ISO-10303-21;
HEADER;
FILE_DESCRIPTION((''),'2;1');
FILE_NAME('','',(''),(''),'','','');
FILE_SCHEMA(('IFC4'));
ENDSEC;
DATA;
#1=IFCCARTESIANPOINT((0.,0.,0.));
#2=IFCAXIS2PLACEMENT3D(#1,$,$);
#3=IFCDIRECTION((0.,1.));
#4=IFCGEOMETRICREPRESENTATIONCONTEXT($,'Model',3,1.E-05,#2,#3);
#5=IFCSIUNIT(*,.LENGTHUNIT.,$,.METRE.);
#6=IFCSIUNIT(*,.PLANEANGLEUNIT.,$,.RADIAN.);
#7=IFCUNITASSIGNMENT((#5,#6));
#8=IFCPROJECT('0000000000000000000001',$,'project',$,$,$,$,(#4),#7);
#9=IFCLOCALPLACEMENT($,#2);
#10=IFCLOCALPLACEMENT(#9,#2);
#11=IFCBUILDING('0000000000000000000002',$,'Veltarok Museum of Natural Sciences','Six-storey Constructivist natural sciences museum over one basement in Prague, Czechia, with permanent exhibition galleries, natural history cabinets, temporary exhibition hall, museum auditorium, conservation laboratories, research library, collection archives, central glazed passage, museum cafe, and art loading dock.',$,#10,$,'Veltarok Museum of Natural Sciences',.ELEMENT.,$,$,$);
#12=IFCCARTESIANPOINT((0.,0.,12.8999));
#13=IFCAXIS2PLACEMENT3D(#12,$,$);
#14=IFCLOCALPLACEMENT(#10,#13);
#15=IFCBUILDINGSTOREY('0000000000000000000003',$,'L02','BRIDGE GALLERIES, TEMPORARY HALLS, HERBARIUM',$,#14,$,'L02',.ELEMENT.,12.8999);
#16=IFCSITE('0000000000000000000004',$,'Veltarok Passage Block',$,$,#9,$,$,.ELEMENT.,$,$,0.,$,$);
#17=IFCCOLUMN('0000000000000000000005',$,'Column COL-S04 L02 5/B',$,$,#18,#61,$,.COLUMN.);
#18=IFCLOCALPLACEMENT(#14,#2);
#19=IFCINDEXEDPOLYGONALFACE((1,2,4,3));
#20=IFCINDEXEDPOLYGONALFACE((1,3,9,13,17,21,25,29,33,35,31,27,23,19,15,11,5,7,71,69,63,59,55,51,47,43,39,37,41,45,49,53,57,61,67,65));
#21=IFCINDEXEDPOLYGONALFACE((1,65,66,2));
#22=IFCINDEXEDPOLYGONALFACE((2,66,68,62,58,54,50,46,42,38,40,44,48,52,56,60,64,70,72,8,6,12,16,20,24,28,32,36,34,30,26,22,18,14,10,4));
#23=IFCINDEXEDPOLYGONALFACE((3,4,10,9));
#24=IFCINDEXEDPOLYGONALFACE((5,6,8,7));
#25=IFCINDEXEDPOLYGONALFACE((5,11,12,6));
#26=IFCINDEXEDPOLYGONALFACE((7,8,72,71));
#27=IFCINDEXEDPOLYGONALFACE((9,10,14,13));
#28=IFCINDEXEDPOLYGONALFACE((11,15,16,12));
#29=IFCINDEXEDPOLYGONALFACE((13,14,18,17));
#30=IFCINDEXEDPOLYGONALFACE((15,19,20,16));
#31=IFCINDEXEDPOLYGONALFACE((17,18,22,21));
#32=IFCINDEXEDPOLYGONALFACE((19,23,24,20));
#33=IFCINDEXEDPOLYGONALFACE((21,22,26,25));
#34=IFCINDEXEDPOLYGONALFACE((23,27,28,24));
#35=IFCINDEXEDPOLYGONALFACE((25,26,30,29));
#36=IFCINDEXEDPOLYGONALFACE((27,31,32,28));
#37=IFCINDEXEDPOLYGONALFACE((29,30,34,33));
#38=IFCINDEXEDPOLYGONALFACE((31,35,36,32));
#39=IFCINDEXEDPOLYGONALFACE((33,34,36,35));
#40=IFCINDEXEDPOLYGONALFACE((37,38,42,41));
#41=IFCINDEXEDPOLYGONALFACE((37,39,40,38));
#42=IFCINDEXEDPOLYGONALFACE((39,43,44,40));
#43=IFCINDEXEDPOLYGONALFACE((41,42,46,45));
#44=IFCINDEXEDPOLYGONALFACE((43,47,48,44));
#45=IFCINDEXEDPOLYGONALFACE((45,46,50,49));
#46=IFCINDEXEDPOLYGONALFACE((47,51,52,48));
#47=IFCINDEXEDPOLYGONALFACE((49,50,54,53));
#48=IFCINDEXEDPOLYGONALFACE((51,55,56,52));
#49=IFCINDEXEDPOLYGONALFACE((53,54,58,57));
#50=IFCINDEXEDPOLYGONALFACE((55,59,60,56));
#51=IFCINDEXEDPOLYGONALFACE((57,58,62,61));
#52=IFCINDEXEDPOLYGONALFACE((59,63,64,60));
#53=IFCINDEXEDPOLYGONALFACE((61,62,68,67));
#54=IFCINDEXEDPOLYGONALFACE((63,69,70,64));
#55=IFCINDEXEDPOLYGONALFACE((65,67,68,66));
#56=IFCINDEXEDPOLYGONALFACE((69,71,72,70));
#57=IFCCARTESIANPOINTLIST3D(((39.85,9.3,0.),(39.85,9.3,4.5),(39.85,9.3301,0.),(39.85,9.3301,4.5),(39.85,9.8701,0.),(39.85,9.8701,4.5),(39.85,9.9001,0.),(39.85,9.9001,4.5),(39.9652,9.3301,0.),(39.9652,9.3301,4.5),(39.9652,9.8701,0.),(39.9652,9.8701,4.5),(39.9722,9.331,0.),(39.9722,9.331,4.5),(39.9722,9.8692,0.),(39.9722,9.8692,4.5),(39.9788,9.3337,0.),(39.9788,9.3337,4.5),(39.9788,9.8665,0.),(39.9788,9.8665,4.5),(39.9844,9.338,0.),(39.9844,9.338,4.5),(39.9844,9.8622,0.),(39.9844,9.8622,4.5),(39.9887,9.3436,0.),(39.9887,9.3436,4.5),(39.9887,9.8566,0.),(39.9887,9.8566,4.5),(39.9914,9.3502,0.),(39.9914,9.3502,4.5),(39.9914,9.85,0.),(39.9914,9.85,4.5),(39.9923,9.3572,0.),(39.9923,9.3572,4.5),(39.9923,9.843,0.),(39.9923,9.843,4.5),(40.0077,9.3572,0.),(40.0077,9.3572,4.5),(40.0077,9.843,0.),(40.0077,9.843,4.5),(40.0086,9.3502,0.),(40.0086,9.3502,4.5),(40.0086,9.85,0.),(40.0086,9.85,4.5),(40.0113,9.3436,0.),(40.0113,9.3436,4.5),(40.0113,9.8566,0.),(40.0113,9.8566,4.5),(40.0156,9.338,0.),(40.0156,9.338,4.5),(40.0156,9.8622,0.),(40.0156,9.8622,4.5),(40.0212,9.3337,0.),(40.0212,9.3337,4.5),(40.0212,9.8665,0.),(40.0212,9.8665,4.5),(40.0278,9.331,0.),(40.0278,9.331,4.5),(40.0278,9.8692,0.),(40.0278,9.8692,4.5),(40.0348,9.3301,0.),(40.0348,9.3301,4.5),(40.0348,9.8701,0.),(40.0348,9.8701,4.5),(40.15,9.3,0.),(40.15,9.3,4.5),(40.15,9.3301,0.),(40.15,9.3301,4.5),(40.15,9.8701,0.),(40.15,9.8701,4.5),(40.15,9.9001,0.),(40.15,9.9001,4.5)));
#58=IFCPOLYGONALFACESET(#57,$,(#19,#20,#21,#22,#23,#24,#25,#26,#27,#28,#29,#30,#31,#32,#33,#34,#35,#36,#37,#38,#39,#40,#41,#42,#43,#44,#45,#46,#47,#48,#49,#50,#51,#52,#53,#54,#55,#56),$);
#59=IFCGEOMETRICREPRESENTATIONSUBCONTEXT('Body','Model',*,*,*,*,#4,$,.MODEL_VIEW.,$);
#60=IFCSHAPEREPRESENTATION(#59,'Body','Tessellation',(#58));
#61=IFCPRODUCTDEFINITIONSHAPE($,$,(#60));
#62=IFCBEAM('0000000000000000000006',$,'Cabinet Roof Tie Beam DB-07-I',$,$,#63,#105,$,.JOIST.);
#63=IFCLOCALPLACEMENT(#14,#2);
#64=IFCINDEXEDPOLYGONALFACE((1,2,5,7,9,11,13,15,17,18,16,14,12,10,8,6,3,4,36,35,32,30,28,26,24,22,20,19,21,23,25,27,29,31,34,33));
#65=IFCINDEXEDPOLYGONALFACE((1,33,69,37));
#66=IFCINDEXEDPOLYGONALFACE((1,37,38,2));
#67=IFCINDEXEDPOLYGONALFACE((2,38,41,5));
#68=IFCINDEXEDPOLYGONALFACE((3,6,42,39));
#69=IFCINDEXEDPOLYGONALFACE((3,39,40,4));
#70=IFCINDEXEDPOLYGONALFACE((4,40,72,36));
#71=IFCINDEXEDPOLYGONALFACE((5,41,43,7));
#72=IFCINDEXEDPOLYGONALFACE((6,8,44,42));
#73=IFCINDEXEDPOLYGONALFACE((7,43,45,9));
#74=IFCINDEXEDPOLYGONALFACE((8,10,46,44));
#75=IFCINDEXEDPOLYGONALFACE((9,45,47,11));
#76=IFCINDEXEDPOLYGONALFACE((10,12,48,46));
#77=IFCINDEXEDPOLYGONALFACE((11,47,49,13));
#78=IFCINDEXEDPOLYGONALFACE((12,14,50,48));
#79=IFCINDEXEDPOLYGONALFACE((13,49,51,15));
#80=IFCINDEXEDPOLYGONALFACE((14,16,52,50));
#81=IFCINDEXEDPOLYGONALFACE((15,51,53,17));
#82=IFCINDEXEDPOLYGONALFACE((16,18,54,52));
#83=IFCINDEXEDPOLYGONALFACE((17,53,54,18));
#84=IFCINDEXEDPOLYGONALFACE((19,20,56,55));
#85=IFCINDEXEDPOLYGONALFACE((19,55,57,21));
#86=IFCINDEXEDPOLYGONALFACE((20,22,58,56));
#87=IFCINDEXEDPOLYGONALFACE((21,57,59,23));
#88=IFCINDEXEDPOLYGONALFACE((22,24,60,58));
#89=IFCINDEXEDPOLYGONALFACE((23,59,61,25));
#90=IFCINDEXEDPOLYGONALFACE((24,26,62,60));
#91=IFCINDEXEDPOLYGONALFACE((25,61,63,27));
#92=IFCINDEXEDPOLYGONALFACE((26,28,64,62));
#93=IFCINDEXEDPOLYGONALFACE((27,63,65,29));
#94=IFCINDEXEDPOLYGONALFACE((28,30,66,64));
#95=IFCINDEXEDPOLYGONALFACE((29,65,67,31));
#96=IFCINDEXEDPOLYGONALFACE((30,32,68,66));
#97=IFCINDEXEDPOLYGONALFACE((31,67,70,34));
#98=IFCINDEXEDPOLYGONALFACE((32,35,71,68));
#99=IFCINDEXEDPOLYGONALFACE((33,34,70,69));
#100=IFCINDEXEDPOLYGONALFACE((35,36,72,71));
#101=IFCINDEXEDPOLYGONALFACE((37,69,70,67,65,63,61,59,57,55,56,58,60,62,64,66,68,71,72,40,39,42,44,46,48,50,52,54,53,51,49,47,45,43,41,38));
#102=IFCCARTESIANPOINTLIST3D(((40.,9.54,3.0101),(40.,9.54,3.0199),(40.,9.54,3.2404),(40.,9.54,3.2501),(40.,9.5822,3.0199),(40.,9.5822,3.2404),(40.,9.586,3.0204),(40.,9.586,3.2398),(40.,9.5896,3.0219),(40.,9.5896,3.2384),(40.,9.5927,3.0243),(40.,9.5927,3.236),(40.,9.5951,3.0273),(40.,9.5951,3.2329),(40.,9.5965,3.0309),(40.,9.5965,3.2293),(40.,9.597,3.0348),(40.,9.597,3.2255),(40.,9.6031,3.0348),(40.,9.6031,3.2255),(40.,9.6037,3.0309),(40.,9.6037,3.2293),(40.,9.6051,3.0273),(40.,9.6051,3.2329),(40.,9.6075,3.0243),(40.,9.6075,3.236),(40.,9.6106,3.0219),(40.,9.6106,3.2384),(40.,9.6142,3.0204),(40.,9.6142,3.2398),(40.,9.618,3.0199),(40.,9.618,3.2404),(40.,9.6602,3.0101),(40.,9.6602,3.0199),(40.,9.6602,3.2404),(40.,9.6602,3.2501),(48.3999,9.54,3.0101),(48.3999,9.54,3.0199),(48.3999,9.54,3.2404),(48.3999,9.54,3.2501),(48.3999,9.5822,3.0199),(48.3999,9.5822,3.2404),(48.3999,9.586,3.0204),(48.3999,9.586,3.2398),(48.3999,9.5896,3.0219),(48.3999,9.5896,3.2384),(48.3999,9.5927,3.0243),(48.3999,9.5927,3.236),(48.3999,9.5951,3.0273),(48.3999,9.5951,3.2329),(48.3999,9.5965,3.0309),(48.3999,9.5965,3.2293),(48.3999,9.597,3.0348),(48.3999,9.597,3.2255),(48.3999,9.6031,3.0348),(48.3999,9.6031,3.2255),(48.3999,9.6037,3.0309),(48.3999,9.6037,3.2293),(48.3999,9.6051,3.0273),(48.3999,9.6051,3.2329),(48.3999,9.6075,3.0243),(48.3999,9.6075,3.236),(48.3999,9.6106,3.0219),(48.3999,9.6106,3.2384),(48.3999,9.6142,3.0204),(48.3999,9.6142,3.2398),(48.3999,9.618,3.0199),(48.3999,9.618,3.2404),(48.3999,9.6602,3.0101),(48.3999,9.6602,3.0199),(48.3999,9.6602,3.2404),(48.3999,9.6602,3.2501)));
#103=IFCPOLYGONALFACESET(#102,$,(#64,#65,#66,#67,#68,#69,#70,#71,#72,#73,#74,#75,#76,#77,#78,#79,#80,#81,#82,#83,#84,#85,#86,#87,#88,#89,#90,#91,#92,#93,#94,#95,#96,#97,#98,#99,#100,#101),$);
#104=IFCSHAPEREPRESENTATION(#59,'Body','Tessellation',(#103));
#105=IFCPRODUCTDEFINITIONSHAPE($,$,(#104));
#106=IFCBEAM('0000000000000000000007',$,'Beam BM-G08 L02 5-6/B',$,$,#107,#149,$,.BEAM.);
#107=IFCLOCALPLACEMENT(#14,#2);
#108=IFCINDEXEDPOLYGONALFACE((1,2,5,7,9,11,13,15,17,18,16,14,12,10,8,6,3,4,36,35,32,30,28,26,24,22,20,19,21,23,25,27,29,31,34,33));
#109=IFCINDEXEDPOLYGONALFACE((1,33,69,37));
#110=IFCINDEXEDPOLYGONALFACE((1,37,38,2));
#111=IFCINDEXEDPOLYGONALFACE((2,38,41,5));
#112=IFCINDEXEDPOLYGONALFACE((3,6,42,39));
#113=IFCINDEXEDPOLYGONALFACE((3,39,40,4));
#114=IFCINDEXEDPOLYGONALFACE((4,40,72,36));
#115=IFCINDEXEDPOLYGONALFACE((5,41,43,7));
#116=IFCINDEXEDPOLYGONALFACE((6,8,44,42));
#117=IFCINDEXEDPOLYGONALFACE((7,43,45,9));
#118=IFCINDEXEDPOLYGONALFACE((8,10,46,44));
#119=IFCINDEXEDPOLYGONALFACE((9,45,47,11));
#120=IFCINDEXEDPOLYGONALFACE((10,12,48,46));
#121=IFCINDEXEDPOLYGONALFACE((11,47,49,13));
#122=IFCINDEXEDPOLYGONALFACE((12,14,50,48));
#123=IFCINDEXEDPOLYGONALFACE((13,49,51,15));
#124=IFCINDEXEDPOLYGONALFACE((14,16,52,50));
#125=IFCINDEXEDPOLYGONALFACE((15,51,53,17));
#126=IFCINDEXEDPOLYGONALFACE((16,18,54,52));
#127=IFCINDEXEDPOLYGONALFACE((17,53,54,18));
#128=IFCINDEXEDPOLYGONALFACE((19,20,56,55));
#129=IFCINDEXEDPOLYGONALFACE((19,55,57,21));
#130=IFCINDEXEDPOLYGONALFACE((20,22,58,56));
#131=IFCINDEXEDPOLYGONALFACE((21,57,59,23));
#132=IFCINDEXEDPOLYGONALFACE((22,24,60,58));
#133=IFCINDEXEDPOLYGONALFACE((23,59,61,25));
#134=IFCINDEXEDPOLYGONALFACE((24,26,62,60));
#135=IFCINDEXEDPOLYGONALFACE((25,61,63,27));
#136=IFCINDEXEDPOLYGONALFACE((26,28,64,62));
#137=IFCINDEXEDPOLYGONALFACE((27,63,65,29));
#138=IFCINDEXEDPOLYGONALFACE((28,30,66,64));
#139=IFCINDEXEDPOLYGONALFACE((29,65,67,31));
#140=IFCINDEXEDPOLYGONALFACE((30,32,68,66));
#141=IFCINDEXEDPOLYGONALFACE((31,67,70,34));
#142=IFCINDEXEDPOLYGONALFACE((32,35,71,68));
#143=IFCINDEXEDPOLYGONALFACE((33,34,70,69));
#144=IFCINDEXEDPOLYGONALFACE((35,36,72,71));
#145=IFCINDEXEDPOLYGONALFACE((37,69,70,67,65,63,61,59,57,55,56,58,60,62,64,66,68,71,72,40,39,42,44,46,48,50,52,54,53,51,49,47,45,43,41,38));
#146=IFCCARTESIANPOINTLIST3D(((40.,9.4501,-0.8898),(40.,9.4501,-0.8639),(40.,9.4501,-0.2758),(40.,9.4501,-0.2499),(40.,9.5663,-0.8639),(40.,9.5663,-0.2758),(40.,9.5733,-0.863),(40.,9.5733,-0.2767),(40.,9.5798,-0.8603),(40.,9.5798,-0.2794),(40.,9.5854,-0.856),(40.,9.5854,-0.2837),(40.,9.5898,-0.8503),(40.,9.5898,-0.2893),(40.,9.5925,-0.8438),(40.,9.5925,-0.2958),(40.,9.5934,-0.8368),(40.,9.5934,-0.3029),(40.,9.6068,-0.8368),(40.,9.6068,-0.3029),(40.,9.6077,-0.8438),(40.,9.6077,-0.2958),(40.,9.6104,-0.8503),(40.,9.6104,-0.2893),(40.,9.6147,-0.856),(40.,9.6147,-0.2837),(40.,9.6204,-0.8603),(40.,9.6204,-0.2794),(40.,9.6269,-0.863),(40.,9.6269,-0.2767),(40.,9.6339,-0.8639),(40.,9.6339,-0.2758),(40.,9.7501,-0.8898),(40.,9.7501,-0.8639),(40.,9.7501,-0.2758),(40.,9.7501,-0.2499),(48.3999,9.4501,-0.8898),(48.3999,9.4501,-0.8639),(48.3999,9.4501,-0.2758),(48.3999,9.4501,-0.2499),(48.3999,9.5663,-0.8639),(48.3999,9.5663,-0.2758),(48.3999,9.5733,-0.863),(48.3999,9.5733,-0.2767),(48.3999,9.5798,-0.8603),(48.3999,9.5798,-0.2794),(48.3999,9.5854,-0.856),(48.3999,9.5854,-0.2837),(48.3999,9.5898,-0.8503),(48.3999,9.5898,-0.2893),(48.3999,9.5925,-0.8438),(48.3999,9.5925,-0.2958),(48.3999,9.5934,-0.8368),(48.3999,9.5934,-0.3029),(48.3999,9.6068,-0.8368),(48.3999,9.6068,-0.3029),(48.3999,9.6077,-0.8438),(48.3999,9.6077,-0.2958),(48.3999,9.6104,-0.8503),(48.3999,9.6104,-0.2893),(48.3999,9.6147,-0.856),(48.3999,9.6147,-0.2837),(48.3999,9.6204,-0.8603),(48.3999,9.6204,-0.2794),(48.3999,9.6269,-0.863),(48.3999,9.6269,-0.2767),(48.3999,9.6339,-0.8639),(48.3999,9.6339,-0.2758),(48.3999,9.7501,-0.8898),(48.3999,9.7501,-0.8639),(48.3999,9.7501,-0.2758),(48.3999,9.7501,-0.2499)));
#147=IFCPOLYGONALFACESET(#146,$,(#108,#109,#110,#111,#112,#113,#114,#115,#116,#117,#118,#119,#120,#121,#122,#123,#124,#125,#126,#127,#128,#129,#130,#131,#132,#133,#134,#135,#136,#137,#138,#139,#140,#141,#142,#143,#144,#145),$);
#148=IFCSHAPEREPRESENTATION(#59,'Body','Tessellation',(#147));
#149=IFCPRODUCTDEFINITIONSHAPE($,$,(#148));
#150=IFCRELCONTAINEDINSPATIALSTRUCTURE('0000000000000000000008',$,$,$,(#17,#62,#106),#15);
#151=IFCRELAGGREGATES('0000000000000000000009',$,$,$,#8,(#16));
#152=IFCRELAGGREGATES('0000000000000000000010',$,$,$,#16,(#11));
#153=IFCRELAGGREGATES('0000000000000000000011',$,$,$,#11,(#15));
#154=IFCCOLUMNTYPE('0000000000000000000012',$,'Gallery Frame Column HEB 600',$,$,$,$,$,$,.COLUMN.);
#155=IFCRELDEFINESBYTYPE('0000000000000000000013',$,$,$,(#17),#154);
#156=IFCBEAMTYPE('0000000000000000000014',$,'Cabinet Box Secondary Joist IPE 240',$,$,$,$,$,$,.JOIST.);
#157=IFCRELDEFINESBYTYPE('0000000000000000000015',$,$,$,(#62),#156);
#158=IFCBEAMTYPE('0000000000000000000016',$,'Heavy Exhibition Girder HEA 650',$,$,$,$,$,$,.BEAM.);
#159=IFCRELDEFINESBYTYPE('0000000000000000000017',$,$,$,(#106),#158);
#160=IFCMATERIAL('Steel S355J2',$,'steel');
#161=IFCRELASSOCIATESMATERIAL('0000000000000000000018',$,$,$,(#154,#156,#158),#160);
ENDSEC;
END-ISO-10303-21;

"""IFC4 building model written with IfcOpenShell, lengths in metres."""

from ifc_helpers import new_model, si_unit, direction, frame, origin, origin_2d, place, context, subcontext, project, spatial, i_section, extrude, material, material_profile, profile_set, type_object, element, save


model = new_model("IFC4")

# Units and contexts
model_context = context("Model", 3, precision=1e-05, world=origin(), true_north=direction((0.0, 1.0)))
body_context = subcontext(model_context, "Body", "Model", "MODEL_VIEW")
ifc_project = project(units=[si_unit("LENGTHUNIT", "METRE"), si_unit("PLANEANGLEUNIT", "RADIAN")], contexts=[model_context])

# Site, building, storey
site_placement = place(None, origin())
site = spatial("IfcSite", under=ifc_project, at=site_placement, Name="Veltarok Passage Block", CompositionType="ELEMENT", RefElevation=0.0)
building_placement = place(site_placement, origin())
building = spatial("IfcBuilding", under=site, at=building_placement, Name="Veltarok Museum of Natural Sciences", Description="Six-storey Constructivist natural sciences museum over one basement in Prague, Czechia, with permanent exhibition galleries, natural history cabinets, temporary exhibition hall, museum auditorium, conservation laboratories, research library, collection archives, central glazed passage, museum cafe, and art loading dock.", LongName="Veltarok Museum of Natural Sciences", CompositionType="ELEMENT")
storey_placement = place(building_placement, frame((0.0, 0.0, 12.8999)))
storey = spatial("IfcBuildingStorey", under=building, at=storey_placement, Name="L02", Description="BRIDGE GALLERIES, TEMPORARY HALLS, HERBARIUM", LongName="L02", CompositionType="ELEMENT", Elevation=12.8999)

# Column
ifc_material_1 = material(Name="Steel S355J2", Category="steel")
ifc_material_profile_1 = material_profile(ifc_material_1, i_section(OverallWidth=0.3, OverallDepth=0.6001, WebThickness=0.0154, FlangeThickness=0.03, FilletRadius=0.0271, at=origin_2d()), Name="HEB 600")
ifc_profile_set_1 = profile_set([ifc_material_profile_1], Name="Steel S355J2")
column_type = type_object("IfcColumnType", Name="Gallery Frame Column HEB 600", PredefinedType="COLUMN", material=ifc_profile_set_1)
column_placement = place(storey_placement, frame((40.0, 9.6001, 0.0), z_axis=(0.0, 0.0, 1.0), x_axis=(1.0, 0.0, 0.0)))
element("IfcColumn", 1, at=column_placement, inside=storey, type_object=column_type, Name="Column COL-S04 L02 5/B", PredefinedType="COLUMN", context=body_context, shape_type="SweptSolid", body=[
    extrude(i_section(OverallWidth=0.3, OverallDepth=0.6001, WebThickness=0.0154, FlangeThickness=0.03, FilletRadius=0.0271, at=origin_2d()), origin(), (0.0, 0.0, 1.0), 4.5),
])

# Beams
ifc_material_profile_2 = material_profile(ifc_material_1, i_section(OverallWidth=0.1201, OverallDepth=0.24, WebThickness=0.0061, FlangeThickness=0.0098, FilletRadius=0.0149, at=origin_2d()), Name="IPE 240")
ifc_profile_set_2 = profile_set([ifc_material_profile_2], Name="Steel S355J2")
beam_type_1 = type_object("IfcBeamType", Name="Cabinet Box Secondary Joist IPE 240", PredefinedType="JOIST", material=ifc_profile_set_2)
beam_1_placement = place(storey_placement, frame((40.0, 9.6001, 3.1301), z_axis=(1.0, 0.0, 0.0), x_axis=(0.0, 1.0, 0.0)))
element("IfcBeam", 2, at=beam_1_placement, inside=storey, type_object=beam_type_1, Name="Cabinet Roof Tie Beam DB-07-I", PredefinedType="JOIST", context=body_context, shape_type="SweptSolid", body=[
    extrude(i_section(OverallWidth=0.1201, OverallDepth=0.24, WebThickness=0.0061, FlangeThickness=0.0098, FilletRadius=0.0149, at=origin_2d()), origin(), (0.0, 0.0, 1.0), 8.3999),
])
ifc_material_profile_3 = material_profile(ifc_material_1, i_section(OverallWidth=0.3, OverallDepth=0.6399, WebThickness=0.0134, FlangeThickness=0.0259, FilletRadius=0.0271, at=origin_2d()), Name="HEA 650")
ifc_profile_set_3 = profile_set([ifc_material_profile_3], Name="Steel S355J2")
beam_type_2 = type_object("IfcBeamType", Name="Heavy Exhibition Girder HEA 650", PredefinedType="BEAM", material=ifc_profile_set_3)
beam_2_placement = place(storey_placement, frame((40.0, 9.6001, -0.5698), z_axis=(1.0, 0.0, 0.0), x_axis=(0.0, 1.0, 0.0)))
element("IfcBeam", 3, at=beam_2_placement, inside=storey, type_object=beam_type_2, Name="Beam BM-G08 L02 5-6/B", PredefinedType="BEAM", context=body_context, shape_type="SweptSolid", body=[
    extrude(i_section(OverallWidth=0.3, OverallDepth=0.6399, WebThickness=0.0134, FlangeThickness=0.0259, FilletRadius=0.0271, at=origin_2d()), origin(), (0.0, 0.0, 1.0), 8.3999),
])

save(model, "model.ifc")
